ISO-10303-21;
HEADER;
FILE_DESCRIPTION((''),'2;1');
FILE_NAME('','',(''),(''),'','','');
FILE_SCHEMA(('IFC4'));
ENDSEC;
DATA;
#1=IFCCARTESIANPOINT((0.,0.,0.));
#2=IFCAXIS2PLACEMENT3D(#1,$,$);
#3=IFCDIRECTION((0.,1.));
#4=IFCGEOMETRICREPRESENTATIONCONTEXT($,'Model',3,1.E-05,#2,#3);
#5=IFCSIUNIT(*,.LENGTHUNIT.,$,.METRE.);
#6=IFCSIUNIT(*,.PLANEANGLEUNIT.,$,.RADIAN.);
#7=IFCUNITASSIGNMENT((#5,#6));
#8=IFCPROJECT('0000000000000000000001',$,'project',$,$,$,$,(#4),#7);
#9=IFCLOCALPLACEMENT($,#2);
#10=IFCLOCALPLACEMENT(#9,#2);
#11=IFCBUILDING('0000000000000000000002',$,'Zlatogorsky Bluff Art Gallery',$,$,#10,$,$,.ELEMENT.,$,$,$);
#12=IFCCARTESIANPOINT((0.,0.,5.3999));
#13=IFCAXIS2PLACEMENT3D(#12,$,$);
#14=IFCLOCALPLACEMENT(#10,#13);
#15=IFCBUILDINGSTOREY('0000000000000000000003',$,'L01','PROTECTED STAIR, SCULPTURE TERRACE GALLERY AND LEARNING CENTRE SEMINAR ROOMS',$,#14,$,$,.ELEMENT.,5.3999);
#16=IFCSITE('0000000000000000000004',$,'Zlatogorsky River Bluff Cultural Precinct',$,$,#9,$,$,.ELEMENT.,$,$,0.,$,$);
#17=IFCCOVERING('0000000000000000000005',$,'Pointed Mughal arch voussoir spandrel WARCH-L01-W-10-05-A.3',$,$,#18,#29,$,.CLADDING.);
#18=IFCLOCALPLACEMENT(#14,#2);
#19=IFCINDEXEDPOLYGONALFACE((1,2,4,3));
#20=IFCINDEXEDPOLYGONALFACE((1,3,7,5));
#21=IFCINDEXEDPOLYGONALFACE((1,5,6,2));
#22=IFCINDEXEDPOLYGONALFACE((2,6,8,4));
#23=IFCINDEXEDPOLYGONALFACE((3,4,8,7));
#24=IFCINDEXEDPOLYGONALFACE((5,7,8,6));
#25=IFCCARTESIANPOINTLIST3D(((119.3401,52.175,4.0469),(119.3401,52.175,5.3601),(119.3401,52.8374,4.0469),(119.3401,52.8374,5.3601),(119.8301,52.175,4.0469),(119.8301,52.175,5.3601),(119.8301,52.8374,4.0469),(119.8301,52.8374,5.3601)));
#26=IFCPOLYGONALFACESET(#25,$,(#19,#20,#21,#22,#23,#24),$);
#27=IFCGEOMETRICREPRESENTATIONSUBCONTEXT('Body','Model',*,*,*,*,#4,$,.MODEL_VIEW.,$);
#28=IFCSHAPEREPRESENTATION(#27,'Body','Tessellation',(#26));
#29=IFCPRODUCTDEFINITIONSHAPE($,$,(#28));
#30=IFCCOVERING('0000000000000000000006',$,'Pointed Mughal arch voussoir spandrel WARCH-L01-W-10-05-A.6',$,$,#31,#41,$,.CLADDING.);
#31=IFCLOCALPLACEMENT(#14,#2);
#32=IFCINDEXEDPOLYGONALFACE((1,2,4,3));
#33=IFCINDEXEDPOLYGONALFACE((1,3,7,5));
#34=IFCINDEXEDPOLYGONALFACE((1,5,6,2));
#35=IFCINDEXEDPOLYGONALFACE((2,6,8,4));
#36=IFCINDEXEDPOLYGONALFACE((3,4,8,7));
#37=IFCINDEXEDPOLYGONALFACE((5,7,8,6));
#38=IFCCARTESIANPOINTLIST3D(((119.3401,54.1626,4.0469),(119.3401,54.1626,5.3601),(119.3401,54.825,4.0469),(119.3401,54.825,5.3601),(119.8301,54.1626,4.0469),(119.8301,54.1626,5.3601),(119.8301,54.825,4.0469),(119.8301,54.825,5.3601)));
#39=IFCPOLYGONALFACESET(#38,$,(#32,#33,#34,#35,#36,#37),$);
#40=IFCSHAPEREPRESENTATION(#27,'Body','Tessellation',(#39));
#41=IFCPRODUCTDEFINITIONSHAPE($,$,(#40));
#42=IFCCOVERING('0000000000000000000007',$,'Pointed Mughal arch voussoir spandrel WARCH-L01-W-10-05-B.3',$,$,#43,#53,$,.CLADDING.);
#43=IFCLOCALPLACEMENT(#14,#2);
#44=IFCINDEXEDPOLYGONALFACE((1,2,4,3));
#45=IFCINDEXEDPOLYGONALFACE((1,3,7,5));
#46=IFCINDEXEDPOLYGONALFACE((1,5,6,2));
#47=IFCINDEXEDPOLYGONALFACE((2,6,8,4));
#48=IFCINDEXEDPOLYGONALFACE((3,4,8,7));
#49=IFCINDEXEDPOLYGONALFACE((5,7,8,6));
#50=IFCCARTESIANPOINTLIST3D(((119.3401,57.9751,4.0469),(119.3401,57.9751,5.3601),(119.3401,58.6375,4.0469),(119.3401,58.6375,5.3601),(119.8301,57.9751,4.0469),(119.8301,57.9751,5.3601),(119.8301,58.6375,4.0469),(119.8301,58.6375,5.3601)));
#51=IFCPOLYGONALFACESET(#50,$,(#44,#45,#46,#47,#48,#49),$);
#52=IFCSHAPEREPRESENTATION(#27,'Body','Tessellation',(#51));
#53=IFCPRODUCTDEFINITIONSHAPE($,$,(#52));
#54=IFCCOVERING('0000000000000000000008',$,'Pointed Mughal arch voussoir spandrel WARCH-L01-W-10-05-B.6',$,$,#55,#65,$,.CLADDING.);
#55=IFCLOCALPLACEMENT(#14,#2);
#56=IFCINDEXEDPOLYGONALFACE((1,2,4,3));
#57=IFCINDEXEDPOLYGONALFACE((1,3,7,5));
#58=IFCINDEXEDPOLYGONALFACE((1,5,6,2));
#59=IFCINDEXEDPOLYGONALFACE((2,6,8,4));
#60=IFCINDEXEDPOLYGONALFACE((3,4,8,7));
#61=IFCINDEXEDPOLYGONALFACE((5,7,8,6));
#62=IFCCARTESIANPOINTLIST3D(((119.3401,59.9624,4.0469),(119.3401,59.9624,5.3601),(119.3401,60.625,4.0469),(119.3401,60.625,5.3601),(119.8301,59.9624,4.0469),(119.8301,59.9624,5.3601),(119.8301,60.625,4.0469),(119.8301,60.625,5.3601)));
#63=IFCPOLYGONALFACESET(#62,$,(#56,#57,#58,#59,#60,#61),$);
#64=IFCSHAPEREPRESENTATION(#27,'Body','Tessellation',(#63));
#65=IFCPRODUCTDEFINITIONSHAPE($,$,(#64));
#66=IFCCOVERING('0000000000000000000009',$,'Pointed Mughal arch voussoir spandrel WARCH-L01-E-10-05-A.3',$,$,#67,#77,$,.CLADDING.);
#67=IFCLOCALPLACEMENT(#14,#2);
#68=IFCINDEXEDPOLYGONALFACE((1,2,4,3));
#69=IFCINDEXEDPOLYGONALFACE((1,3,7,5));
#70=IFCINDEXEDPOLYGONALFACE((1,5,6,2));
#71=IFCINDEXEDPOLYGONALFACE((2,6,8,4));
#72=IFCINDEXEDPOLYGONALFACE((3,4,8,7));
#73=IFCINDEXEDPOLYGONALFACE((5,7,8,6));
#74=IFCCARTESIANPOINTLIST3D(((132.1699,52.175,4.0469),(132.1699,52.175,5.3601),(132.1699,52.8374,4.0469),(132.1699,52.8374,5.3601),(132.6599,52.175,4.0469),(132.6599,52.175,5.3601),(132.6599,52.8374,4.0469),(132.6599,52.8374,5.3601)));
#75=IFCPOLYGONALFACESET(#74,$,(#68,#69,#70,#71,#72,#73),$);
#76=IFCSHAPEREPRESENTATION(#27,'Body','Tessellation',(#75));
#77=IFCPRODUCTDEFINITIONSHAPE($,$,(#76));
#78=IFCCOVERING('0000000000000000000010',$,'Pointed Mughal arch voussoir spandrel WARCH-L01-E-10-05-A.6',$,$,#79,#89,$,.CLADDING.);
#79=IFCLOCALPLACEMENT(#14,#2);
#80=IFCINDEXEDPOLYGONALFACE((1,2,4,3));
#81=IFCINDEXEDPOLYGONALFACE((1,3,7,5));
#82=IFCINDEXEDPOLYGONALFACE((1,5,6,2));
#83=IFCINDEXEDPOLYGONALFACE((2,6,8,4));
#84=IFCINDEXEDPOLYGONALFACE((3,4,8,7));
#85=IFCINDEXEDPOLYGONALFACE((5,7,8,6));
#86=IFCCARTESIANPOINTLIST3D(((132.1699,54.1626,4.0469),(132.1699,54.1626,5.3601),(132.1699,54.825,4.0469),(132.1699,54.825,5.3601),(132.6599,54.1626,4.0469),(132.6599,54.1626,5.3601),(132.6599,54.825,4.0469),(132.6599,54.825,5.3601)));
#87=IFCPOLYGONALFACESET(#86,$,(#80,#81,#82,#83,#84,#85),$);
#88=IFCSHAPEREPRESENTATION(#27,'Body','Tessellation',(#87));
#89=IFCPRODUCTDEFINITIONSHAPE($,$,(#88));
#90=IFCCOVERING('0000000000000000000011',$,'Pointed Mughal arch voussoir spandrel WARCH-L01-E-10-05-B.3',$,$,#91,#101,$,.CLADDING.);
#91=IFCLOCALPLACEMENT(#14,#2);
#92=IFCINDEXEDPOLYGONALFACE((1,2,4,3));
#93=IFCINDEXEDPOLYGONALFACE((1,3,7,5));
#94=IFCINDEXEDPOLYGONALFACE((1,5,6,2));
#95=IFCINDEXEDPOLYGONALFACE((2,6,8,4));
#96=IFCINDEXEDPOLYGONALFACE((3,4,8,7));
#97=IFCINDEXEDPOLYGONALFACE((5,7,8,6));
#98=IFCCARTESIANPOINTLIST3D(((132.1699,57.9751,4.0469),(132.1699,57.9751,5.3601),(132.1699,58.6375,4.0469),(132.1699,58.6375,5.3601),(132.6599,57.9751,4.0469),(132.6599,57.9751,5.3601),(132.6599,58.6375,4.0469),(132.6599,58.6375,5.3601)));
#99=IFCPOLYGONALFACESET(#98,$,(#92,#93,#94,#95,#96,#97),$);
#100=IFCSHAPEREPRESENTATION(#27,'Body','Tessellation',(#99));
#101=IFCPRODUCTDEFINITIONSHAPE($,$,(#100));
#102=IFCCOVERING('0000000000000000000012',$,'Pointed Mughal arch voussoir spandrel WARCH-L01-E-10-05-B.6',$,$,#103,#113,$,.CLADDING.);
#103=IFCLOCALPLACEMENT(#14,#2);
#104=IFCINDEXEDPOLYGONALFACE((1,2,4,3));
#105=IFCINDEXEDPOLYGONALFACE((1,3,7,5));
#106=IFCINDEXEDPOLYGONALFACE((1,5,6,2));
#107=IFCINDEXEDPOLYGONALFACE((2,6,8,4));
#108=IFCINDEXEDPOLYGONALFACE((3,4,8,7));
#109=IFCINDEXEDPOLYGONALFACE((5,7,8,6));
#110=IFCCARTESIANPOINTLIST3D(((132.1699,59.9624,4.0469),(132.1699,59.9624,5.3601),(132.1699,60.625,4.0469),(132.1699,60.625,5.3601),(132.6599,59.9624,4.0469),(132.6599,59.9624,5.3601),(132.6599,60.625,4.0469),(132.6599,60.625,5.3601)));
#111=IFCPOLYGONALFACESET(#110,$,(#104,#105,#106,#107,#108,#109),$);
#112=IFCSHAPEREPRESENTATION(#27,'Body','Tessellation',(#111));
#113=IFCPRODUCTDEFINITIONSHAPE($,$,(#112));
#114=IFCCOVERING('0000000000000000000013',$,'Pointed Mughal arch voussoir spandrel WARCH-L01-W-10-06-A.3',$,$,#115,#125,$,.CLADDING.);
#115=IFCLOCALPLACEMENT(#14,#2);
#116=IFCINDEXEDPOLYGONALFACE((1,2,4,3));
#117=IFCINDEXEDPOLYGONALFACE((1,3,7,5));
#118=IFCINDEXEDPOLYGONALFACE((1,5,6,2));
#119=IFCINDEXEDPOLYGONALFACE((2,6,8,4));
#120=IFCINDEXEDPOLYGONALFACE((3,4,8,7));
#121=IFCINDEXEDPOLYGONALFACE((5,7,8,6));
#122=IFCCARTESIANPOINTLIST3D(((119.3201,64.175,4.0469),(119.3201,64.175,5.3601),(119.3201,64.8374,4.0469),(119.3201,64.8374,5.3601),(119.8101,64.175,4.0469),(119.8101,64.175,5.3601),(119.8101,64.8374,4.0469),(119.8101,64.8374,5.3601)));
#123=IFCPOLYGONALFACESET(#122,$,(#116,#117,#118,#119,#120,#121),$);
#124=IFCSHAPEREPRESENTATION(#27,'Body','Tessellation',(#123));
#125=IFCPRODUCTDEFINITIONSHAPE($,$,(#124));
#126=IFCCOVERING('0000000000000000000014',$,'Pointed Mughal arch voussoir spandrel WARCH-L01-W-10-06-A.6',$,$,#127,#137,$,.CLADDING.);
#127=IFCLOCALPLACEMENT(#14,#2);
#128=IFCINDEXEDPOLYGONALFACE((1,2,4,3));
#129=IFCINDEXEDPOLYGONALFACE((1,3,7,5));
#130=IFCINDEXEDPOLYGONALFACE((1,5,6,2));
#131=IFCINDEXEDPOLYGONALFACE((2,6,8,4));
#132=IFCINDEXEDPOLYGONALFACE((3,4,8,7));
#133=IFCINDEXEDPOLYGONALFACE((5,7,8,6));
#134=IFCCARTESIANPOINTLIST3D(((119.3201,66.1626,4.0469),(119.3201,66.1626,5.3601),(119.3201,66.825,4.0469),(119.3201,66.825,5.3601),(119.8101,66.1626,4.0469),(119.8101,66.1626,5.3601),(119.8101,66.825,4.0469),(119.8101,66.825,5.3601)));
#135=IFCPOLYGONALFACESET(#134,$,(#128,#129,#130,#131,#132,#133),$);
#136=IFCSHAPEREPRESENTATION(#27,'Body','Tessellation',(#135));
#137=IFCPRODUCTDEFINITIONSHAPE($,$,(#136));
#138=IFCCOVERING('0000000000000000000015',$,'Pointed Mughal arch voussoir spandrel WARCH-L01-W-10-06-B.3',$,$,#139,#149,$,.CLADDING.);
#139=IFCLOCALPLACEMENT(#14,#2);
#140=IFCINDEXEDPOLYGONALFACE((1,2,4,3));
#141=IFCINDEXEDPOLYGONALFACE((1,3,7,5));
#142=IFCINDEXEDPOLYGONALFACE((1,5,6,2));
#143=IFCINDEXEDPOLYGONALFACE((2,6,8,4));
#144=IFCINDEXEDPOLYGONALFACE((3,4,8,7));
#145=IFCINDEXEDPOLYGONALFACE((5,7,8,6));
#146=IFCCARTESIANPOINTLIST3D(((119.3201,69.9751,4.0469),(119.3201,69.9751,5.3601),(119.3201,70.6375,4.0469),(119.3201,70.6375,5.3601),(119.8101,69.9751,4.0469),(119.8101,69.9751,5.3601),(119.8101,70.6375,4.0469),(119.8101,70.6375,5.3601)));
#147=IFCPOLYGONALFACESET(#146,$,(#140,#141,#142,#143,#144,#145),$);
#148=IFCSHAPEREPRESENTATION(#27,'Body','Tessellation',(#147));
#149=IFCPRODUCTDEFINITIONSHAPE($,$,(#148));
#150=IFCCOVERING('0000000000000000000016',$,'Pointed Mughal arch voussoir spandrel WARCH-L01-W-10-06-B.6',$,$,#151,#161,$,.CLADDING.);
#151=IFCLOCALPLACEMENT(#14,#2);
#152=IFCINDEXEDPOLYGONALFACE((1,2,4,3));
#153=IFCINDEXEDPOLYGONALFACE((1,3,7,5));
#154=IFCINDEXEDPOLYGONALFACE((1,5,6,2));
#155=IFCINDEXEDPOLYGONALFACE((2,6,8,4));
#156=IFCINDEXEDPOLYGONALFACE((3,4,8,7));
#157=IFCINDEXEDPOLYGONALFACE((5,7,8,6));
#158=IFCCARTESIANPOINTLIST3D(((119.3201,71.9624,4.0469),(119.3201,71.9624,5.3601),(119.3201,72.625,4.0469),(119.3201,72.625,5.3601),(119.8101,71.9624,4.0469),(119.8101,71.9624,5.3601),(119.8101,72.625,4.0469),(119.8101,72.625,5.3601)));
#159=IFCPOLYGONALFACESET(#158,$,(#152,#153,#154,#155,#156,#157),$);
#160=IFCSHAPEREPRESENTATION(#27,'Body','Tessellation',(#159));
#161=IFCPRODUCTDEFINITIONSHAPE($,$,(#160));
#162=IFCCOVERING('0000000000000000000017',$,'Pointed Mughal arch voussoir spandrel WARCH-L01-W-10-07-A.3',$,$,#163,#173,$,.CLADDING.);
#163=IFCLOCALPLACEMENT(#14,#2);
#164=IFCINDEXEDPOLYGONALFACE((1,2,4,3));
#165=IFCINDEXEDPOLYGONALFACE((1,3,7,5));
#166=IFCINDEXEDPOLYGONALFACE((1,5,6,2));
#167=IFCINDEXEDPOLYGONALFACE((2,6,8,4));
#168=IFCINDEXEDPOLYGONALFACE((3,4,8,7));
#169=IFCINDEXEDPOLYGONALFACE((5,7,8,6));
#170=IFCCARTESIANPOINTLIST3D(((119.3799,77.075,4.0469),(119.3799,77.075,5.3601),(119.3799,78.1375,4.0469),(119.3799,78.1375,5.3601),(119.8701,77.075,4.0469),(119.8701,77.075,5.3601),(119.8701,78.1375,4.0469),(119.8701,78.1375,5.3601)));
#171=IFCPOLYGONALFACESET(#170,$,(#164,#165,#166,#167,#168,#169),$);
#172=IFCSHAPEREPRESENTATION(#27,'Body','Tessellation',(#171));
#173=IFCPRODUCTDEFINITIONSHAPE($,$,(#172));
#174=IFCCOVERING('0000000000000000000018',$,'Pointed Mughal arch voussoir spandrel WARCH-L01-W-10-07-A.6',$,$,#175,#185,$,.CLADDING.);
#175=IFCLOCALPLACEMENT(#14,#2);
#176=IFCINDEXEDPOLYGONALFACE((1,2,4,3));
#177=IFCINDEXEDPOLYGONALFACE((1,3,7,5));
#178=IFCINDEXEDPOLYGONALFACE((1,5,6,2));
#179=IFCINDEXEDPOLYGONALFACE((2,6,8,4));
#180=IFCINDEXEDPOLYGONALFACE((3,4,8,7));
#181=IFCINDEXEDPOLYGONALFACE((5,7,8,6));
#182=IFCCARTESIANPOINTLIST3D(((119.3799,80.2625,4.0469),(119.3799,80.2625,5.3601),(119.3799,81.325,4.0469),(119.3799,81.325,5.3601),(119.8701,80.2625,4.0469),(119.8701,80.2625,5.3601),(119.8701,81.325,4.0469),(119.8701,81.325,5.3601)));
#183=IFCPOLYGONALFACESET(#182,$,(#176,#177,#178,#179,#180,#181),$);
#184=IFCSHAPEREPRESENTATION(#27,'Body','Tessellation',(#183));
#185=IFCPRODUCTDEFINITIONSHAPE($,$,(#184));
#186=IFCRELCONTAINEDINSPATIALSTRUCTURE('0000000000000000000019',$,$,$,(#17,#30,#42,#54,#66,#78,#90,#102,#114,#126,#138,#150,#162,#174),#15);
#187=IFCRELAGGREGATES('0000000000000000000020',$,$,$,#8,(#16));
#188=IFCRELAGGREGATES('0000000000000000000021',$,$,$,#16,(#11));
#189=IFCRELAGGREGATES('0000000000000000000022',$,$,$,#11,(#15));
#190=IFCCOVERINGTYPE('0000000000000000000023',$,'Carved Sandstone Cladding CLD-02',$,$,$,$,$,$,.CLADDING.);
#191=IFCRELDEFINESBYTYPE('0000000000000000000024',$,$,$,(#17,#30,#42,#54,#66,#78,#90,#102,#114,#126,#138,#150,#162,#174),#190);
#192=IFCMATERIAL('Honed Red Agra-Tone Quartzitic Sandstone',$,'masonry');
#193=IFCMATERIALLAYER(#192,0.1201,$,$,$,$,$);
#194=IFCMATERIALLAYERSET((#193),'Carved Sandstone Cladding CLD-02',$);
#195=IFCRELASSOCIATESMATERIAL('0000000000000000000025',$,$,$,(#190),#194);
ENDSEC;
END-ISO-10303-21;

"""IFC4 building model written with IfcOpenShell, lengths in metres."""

from ifc_helpers import new_model, si_unit, direction, frame, origin, place, context, subcontext, project, spatial, polyline, outline, extrude, material, layer, layer_set, type_object, element, save


model = new_model("IFC4")

# Units and contexts
model_context = context("Model", 3, precision=1e-05, world=origin(), true_north=direction((0.0, 1.0)))
body_context = subcontext(model_context, "Body", "Model", "MODEL_VIEW")
ifc_project = project(units=[si_unit("LENGTHUNIT", "METRE"), si_unit("PLANEANGLEUNIT", "RADIAN")], contexts=[model_context])

# Site, building, storey
site_placement = place(None, origin())
site = spatial("IfcSite", under=ifc_project, at=site_placement, Name="Zlatogorsky River Bluff Cultural Precinct", CompositionType="ELEMENT", RefElevation=0.0)
building_placement = place(site_placement, origin())
building = spatial("IfcBuilding", under=site, at=building_placement, Name="Zlatogorsky Bluff Art Gallery", CompositionType="ELEMENT")
storey_placement = place(building_placement, frame((0.0, 0.0, 5.3999)))
storey = spatial("IfcBuildingStorey", under=building, at=storey_placement, Name="L01", Description="PROTECTED STAIR, SCULPTURE TERRACE GALLERY AND LEARNING CENTRE SEMINAR ROOMS", CompositionType="ELEMENT", Elevation=5.3999)

# Coverings
ifc_material = material(Name="Honed Red Agra-Tone Quartzitic Sandstone", Category="masonry")
ifc_layer = layer(ifc_material, 0.1201)
ifc_layer_set = layer_set([ifc_layer], Name="Carved Sandstone Cladding CLD-02")
covering_type = type_object("IfcCoveringType", Name="Carved Sandstone Cladding CLD-02", PredefinedType="CLADDING", material=ifc_layer_set)
covering_1_placement = place(storey_placement, frame((0.0, 0.0, 4.0469)))
element("IfcCovering", 1, at=covering_1_placement, inside=storey, type_object=covering_type, Name="Pointed Mughal arch voussoir spandrel WARCH-L01-W-10-05-A.3", PredefinedType="CLADDING", context=body_context, shape_type="SweptSolid", body=[
    extrude(outline(polyline([(119.3401, 52.175), (119.3401, 52.8374), (119.8301, 52.8374), (119.8301, 52.175), (119.3401, 52.175)])), origin(), (0.0, 0.0, 1.0), 1.3132),
])
covering_2_placement = place(storey_placement, frame((0.0, 0.0, 4.0469)))
element("IfcCovering", 2, at=covering_2_placement, inside=storey, type_object=covering_type, Name="Pointed Mughal arch voussoir spandrel WARCH-L01-W-10-05-A.6", PredefinedType="CLADDING", context=body_context, shape_type="SweptSolid", body=[
    extrude(outline(polyline([(119.3401, 54.1626), (119.3401, 54.825), (119.8301, 54.825), (119.8301, 54.1626), (119.3401, 54.1626)])), origin(), (0.0, 0.0, 1.0), 1.3132),
])
covering_3_placement = place(storey_placement, frame((0.0, 0.0, 4.0469)))
element("IfcCovering", 3, at=covering_3_placement, inside=storey, type_object=covering_type, Name="Pointed Mughal arch voussoir spandrel WARCH-L01-W-10-05-B.3", PredefinedType="CLADDING", context=body_context, shape_type="SweptSolid", body=[
    extrude(outline(polyline([(119.3401, 57.9751), (119.3401, 58.6375), (119.8301, 58.6375), (119.8301, 57.9751), (119.3401, 57.9751)])), origin(), (0.0, 0.0, 1.0), 1.3132),
])
covering_4_placement = place(storey_placement, frame((0.0, 0.0, 4.0469)))
element("IfcCovering", 4, at=covering_4_placement, inside=storey, type_object=covering_type, Name="Pointed Mughal arch voussoir spandrel WARCH-L01-W-10-05-B.6", PredefinedType="CLADDING", context=body_context, shape_type="SweptSolid", body=[
    extrude(outline(polyline([(119.3401, 59.9624), (119.3401, 60.625), (119.8301, 60.625), (119.8301, 59.9624), (119.3401, 59.9624)])), origin(), (0.0, 0.0, 1.0), 1.3132),
])
covering_5_placement = place(storey_placement, frame((0.0, 0.0, 4.0469)))
element("IfcCovering", 5, at=covering_5_placement, inside=storey, type_object=covering_type, Name="Pointed Mughal arch voussoir spandrel WARCH-L01-E-10-05-A.3", PredefinedType="CLADDING", context=body_context, shape_type="SweptSolid", body=[
    extrude(outline(polyline([(132.1699, 52.175), (132.1699, 52.8374), (132.6599, 52.8374), (132.6599, 52.175), (132.1699, 52.175)])), origin(), (0.0, 0.0, 1.0), 1.3132),
])
covering_6_placement = place(storey_placement, frame((0.0, 0.0, 4.0469)))
element("IfcCovering", 6, at=covering_6_placement, inside=storey, type_object=covering_type, Name="Pointed Mughal arch voussoir spandrel WARCH-L01-E-10-05-A.6", PredefinedType="CLADDING", context=body_context, shape_type="SweptSolid", body=[
    extrude(outline(polyline([(132.1699, 54.1626), (132.1699, 54.825), (132.6599, 54.825), (132.6599, 54.1626), (132.1699, 54.1626)])), origin(), (0.0, 0.0, 1.0), 1.3132),
])
covering_7_placement = place(storey_placement, frame((0.0, 0.0, 4.0469)))
element("IfcCovering", 7, at=covering_7_placement, inside=storey, type_object=covering_type, Name="Pointed Mughal arch voussoir spandrel WARCH-L01-E-10-05-B.3", PredefinedType="CLADDING", context=body_context, shape_type="SweptSolid", body=[
    extrude(outline(polyline([(132.1699, 57.9751), (132.1699, 58.6375), (132.6599, 58.6375), (132.6599, 57.9751), (132.1699, 57.9751)])), origin(), (0.0, 0.0, 1.0), 1.3132),
])
covering_8_placement = place(storey_placement, frame((0.0, 0.0, 4.0469)))
element("IfcCovering", 8, at=covering_8_placement, inside=storey, type_object=covering_type, Name="Pointed Mughal arch voussoir spandrel WARCH-L01-E-10-05-B.6", PredefinedType="CLADDING", context=body_context, shape_type="SweptSolid", body=[
    extrude(outline(polyline([(132.1699, 59.9624), (132.1699, 60.625), (132.6599, 60.625), (132.6599, 59.9624), (132.1699, 59.9624)])), origin(), (0.0, 0.0, 1.0), 1.3132),
])
covering_9_placement = place(storey_placement, frame((0.0, 0.0, 4.0469)))
element("IfcCovering", 9, at=covering_9_placement, inside=storey, type_object=covering_type, Name="Pointed Mughal arch voussoir spandrel WARCH-L01-W-10-06-A.3", PredefinedType="CLADDING", context=body_context, shape_type="SweptSolid", body=[
    extrude(outline(polyline([(119.3201, 64.175), (119.3201, 64.8374), (119.8101, 64.8374), (119.8101, 64.175), (119.3201, 64.175)])), origin(), (0.0, 0.0, 1.0), 1.3132),
])
covering_10_placement = place(storey_placement, frame((0.0, 0.0, 4.0469)))
element("IfcCovering", 10, at=covering_10_placement, inside=storey, type_object=covering_type, Name="Pointed Mughal arch voussoir spandrel WARCH-L01-W-10-06-A.6", PredefinedType="CLADDING", context=body_context, shape_type="SweptSolid", body=[
    extrude(outline(polyline([(119.3201, 66.1626), (119.3201, 66.825), (119.8101, 66.825), (119.8101, 66.1626), (119.3201, 66.1626)])), origin(), (0.0, 0.0, 1.0), 1.3132),
])
covering_11_placement = place(storey_placement, frame((0.0, 0.0, 4.0469)))
element("IfcCovering", 11, at=covering_11_placement, inside=storey, type_object=covering_type, Name="Pointed Mughal arch voussoir spandrel WARCH-L01-W-10-06-B.3", PredefinedType="CLADDING", context=body_context, shape_type="SweptSolid", body=[
    extrude(outline(polyline([(119.3201, 69.9751), (119.3201, 70.6375), (119.8101, 70.6375), (119.8101, 69.9751), (119.3201, 69.9751)])), origin(), (0.0, 0.0, 1.0), 1.3132),
])
covering_12_placement = place(storey_placement, frame((0.0, 0.0, 4.0469)))
element("IfcCovering", 12, at=covering_12_placement, inside=storey, type_object=covering_type, Name="Pointed Mughal arch voussoir spandrel WARCH-L01-W-10-06-B.6", PredefinedType="CLADDING", context=body_context, shape_type="SweptSolid", body=[
    extrude(outline(polyline([(119.3201, 71.9624), (119.3201, 72.625), (119.8101, 72.625), (119.8101, 71.9624), (119.3201, 71.9624)])), origin(), (0.0, 0.0, 1.0), 1.3132),
])
covering_13_placement = place(storey_placement, frame((0.0, 0.0, 4.0469)))
element("IfcCovering", 13, at=covering_13_placement, inside=storey, type_object=covering_type, Name="Pointed Mughal arch voussoir spandrel WARCH-L01-W-10-07-A.3", PredefinedType="CLADDING", context=body_context, shape_type="SweptSolid", body=[
    extrude(outline(polyline([(119.3799, 77.075), (119.3799, 78.1375), (119.8701, 78.1375), (119.8701, 77.075), (119.3799, 77.075)])), origin(), (0.0, 0.0, 1.0), 1.3132),
])
covering_14_placement = place(storey_placement, frame((0.0, 0.0, 4.0469)))
element("IfcCovering", 14, at=covering_14_placement, inside=storey, type_object=covering_type, Name="Pointed Mughal arch voussoir spandrel WARCH-L01-W-10-07-A.6", PredefinedType="CLADDING", context=body_context, shape_type="SweptSolid", body=[
    extrude(outline(polyline([(119.3799, 80.2625), (119.3799, 81.325), (119.8701, 81.325), (119.8701, 80.2625), (119.3799, 80.2625)])), origin(), (0.0, 0.0, 1.0), 1.3132),
])

save(model, "model.ifc")
